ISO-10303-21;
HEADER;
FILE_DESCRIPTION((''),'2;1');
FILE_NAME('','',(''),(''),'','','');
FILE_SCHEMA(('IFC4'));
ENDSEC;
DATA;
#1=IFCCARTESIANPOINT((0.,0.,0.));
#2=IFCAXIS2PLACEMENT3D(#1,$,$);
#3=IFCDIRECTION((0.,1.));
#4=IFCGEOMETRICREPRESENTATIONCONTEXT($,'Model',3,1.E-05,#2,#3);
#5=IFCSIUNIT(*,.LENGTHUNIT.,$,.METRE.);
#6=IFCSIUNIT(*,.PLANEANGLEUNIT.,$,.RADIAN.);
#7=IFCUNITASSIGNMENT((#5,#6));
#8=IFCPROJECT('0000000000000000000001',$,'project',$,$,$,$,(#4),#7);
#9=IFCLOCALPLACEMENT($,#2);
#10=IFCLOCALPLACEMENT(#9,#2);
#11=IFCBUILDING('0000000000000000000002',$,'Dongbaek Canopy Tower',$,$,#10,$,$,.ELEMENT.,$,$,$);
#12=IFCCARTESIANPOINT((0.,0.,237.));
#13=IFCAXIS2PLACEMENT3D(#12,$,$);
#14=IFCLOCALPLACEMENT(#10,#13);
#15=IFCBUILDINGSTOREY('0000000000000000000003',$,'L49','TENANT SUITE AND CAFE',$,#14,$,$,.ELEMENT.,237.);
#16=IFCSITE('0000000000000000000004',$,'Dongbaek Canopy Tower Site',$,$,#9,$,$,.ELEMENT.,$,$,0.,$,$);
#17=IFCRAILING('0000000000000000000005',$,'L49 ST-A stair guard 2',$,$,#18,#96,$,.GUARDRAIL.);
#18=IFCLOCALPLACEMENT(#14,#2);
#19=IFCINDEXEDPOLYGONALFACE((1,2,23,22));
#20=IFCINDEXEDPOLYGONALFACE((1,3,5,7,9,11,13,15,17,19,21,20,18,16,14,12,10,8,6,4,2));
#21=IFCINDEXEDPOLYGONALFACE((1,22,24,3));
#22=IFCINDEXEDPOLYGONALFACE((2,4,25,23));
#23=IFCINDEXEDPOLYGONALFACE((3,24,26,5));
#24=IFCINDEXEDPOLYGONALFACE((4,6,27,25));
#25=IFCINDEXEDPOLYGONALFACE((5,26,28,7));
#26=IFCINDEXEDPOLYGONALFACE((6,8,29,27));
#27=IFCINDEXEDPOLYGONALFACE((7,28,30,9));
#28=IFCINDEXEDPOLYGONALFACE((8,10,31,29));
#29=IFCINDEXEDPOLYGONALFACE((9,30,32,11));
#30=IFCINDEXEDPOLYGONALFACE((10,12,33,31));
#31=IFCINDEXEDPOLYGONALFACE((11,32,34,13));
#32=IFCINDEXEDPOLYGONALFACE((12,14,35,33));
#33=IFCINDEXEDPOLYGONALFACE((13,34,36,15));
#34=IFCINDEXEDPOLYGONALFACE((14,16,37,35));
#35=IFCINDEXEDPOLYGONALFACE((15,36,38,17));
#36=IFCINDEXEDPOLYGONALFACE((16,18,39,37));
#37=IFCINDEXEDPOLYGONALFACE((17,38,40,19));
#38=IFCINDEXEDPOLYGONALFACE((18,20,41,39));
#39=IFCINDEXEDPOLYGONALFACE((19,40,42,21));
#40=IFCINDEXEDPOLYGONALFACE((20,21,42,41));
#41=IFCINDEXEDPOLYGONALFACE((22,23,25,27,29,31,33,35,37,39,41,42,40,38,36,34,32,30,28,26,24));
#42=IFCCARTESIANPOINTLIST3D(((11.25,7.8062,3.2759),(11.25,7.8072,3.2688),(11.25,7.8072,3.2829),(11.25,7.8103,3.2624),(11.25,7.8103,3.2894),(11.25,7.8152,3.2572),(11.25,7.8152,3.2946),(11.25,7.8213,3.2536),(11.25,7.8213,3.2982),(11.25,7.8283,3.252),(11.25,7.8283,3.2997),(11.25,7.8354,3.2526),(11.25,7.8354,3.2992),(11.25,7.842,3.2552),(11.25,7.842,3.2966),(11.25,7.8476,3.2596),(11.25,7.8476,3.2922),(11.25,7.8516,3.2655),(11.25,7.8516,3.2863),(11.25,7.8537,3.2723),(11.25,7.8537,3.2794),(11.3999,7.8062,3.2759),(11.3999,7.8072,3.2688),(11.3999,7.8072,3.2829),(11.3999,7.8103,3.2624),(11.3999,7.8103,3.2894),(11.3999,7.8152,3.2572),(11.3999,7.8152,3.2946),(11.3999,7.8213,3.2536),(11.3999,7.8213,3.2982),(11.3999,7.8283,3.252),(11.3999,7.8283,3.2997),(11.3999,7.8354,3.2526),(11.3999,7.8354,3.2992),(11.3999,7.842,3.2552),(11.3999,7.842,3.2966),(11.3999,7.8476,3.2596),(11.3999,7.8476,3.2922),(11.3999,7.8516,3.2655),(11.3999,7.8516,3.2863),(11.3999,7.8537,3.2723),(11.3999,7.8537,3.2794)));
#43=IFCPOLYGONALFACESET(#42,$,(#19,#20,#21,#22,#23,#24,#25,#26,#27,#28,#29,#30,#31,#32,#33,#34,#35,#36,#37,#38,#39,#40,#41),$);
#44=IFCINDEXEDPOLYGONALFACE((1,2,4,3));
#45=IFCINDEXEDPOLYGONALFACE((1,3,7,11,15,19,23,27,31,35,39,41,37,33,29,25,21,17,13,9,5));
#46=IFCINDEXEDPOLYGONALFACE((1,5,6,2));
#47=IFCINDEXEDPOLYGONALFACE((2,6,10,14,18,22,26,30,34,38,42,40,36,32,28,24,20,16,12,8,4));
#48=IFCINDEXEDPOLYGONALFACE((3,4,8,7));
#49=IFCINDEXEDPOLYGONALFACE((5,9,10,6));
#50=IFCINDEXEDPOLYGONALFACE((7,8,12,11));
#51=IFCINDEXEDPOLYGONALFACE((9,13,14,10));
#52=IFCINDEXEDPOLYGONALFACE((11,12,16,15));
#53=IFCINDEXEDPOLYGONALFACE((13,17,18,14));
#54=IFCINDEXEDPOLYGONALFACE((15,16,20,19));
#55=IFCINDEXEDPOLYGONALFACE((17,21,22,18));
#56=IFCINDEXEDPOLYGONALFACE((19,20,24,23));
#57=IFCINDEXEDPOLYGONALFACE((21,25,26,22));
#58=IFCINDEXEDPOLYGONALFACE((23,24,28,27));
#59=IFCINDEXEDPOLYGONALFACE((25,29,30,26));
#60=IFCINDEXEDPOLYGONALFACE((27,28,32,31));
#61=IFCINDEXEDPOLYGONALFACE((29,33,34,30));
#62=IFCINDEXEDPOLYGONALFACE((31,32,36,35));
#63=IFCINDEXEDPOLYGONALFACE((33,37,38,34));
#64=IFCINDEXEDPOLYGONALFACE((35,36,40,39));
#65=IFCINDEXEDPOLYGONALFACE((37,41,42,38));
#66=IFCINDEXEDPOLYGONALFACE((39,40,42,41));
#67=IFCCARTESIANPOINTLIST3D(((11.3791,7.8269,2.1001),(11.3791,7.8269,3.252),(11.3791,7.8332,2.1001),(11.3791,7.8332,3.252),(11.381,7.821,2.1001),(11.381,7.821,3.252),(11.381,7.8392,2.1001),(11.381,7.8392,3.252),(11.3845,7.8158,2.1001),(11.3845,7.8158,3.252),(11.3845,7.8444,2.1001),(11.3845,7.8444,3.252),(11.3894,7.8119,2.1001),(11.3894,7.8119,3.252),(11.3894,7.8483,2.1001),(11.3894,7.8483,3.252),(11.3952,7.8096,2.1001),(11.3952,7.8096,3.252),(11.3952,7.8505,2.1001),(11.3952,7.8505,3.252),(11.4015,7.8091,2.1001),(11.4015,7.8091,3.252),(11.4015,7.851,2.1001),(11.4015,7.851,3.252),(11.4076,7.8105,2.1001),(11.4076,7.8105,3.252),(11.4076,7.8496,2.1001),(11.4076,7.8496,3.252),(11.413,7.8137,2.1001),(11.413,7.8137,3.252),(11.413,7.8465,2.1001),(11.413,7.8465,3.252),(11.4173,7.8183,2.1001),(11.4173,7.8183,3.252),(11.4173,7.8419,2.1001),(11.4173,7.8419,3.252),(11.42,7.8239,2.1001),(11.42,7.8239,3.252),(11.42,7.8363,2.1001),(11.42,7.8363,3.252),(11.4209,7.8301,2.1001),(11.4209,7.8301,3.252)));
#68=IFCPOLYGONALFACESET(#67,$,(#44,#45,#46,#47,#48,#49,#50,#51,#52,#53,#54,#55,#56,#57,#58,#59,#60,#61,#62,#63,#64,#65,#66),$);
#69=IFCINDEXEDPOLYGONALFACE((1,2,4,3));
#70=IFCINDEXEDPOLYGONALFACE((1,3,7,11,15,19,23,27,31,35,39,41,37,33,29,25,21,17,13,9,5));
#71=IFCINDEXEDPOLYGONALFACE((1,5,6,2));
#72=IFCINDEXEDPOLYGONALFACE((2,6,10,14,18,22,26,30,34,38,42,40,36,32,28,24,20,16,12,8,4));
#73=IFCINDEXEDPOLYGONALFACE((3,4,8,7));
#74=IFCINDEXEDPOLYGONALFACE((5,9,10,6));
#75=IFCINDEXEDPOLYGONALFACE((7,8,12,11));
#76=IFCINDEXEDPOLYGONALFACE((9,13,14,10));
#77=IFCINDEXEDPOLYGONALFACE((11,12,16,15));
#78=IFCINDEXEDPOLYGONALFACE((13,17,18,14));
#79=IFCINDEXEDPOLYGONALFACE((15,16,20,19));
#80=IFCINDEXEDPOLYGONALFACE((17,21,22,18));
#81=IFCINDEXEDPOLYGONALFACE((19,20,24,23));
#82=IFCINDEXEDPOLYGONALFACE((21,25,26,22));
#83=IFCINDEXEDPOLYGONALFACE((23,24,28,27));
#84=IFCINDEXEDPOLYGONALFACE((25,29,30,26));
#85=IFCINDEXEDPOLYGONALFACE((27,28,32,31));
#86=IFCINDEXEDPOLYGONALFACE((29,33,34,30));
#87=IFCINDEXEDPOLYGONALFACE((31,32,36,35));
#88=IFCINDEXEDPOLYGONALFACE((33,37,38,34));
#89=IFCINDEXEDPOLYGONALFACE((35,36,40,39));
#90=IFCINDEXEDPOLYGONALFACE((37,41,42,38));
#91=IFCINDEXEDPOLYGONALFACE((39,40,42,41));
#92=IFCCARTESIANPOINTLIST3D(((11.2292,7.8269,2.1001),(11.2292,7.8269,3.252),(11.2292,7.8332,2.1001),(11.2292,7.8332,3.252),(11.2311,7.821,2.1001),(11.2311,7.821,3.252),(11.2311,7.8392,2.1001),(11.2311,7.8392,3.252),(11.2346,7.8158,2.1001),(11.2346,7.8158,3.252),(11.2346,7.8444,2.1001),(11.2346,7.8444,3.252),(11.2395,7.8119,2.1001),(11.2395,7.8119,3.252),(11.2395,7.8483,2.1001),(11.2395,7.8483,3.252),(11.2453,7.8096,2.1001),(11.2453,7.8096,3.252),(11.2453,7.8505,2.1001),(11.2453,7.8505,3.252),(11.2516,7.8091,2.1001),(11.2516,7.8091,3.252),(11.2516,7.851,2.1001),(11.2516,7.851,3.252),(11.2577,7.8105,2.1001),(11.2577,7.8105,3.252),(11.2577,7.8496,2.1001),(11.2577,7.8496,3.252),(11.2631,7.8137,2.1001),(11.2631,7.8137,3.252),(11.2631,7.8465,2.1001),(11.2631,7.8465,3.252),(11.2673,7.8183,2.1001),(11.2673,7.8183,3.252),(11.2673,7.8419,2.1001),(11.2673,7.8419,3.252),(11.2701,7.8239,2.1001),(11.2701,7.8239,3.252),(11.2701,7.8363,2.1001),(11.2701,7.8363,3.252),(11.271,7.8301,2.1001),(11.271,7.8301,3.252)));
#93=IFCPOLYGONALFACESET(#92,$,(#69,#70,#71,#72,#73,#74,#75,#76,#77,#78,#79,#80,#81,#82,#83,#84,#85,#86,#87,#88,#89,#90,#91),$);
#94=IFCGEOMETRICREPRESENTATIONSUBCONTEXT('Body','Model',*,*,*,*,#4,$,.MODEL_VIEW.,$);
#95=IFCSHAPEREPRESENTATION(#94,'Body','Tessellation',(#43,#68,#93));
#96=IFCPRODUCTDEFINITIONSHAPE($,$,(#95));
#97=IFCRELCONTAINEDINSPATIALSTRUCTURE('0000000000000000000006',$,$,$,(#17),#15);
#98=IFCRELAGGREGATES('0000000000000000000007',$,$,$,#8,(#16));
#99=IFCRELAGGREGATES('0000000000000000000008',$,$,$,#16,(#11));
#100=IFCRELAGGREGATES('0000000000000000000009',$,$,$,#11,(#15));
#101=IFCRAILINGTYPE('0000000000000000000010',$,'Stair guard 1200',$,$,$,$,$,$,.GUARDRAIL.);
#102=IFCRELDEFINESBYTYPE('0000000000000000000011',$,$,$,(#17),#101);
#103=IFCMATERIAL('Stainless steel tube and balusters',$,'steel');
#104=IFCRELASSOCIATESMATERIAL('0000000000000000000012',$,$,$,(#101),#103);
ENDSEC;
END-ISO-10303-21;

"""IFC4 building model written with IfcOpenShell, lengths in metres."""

from ifc_helpers import new_model, si_unit, direction, frame, origin, origin_2d, place, context, subcontext, project, spatial, circle, extrude, material, type_object, element, save


model = new_model("IFC4")

# Units and contexts
model_context = context("Model", 3, precision=1e-05, world=origin(), true_north=direction((0.0, 1.0)))
body_context = subcontext(model_context, "Body", "Model", "MODEL_VIEW")
ifc_project = project(units=[si_unit("LENGTHUNIT", "METRE"), si_unit("PLANEANGLEUNIT", "RADIAN")], contexts=[model_context])

# Site, building, storey
site_placement = place(None, origin())
site = spatial("IfcSite", under=ifc_project, at=site_placement, Name="Dongbaek Canopy Tower Site", CompositionType="ELEMENT", RefElevation=0.0)
building_placement = place(site_placement, origin())
building = spatial("IfcBuilding", under=site, at=building_placement, Name="Dongbaek Canopy Tower", CompositionType="ELEMENT")
storey_placement = place(building_placement, frame((0.0, 0.0, 237.0)))
storey = spatial("IfcBuildingStorey", under=building, at=storey_placement, Name="L49", Description="TENANT SUITE AND CAFE", CompositionType="ELEMENT", Elevation=237.0)

# Railing
ifc_material_1 = material(Name="Stainless steel tube and balusters", Category="steel")
railing_type_1 = type_object("IfcRailingType", Name="Stair guard 1200", PredefinedType="GUARDRAIL", material=ifc_material_1)
railing_1_placement = place(storey_placement, frame((11.3999, 7.8301, 2.1001)))
element("IfcRailing", 1, at=railing_1_placement, inside=storey, type_object=railing_type_1, Name="L49 ST-A stair guard 2", PredefinedType="GUARDRAIL", context=body_context, shape_type="SweptSolid", body=[
    extrude(circle(Radius=0.0239, at=origin_2d()), frame((0.0, 0.0, 1.1758), z_axis=(-1.0, 0.0, 0.0), x_axis=(0.0, -1.0, 0.0)), (0.0, 0.0, 1.0), 0.1499),
    extrude(circle(Radius=0.021, at=origin_2d()), origin(), (0.0, 0.0, 1.0), 1.1519),
    extrude(circle(Radius=0.021, at=origin_2d()), frame((-0.1499, 0.0, 0.0)), (0.0, 0.0, 1.0), 1.1519),
])

save(model, "model.ifc")
